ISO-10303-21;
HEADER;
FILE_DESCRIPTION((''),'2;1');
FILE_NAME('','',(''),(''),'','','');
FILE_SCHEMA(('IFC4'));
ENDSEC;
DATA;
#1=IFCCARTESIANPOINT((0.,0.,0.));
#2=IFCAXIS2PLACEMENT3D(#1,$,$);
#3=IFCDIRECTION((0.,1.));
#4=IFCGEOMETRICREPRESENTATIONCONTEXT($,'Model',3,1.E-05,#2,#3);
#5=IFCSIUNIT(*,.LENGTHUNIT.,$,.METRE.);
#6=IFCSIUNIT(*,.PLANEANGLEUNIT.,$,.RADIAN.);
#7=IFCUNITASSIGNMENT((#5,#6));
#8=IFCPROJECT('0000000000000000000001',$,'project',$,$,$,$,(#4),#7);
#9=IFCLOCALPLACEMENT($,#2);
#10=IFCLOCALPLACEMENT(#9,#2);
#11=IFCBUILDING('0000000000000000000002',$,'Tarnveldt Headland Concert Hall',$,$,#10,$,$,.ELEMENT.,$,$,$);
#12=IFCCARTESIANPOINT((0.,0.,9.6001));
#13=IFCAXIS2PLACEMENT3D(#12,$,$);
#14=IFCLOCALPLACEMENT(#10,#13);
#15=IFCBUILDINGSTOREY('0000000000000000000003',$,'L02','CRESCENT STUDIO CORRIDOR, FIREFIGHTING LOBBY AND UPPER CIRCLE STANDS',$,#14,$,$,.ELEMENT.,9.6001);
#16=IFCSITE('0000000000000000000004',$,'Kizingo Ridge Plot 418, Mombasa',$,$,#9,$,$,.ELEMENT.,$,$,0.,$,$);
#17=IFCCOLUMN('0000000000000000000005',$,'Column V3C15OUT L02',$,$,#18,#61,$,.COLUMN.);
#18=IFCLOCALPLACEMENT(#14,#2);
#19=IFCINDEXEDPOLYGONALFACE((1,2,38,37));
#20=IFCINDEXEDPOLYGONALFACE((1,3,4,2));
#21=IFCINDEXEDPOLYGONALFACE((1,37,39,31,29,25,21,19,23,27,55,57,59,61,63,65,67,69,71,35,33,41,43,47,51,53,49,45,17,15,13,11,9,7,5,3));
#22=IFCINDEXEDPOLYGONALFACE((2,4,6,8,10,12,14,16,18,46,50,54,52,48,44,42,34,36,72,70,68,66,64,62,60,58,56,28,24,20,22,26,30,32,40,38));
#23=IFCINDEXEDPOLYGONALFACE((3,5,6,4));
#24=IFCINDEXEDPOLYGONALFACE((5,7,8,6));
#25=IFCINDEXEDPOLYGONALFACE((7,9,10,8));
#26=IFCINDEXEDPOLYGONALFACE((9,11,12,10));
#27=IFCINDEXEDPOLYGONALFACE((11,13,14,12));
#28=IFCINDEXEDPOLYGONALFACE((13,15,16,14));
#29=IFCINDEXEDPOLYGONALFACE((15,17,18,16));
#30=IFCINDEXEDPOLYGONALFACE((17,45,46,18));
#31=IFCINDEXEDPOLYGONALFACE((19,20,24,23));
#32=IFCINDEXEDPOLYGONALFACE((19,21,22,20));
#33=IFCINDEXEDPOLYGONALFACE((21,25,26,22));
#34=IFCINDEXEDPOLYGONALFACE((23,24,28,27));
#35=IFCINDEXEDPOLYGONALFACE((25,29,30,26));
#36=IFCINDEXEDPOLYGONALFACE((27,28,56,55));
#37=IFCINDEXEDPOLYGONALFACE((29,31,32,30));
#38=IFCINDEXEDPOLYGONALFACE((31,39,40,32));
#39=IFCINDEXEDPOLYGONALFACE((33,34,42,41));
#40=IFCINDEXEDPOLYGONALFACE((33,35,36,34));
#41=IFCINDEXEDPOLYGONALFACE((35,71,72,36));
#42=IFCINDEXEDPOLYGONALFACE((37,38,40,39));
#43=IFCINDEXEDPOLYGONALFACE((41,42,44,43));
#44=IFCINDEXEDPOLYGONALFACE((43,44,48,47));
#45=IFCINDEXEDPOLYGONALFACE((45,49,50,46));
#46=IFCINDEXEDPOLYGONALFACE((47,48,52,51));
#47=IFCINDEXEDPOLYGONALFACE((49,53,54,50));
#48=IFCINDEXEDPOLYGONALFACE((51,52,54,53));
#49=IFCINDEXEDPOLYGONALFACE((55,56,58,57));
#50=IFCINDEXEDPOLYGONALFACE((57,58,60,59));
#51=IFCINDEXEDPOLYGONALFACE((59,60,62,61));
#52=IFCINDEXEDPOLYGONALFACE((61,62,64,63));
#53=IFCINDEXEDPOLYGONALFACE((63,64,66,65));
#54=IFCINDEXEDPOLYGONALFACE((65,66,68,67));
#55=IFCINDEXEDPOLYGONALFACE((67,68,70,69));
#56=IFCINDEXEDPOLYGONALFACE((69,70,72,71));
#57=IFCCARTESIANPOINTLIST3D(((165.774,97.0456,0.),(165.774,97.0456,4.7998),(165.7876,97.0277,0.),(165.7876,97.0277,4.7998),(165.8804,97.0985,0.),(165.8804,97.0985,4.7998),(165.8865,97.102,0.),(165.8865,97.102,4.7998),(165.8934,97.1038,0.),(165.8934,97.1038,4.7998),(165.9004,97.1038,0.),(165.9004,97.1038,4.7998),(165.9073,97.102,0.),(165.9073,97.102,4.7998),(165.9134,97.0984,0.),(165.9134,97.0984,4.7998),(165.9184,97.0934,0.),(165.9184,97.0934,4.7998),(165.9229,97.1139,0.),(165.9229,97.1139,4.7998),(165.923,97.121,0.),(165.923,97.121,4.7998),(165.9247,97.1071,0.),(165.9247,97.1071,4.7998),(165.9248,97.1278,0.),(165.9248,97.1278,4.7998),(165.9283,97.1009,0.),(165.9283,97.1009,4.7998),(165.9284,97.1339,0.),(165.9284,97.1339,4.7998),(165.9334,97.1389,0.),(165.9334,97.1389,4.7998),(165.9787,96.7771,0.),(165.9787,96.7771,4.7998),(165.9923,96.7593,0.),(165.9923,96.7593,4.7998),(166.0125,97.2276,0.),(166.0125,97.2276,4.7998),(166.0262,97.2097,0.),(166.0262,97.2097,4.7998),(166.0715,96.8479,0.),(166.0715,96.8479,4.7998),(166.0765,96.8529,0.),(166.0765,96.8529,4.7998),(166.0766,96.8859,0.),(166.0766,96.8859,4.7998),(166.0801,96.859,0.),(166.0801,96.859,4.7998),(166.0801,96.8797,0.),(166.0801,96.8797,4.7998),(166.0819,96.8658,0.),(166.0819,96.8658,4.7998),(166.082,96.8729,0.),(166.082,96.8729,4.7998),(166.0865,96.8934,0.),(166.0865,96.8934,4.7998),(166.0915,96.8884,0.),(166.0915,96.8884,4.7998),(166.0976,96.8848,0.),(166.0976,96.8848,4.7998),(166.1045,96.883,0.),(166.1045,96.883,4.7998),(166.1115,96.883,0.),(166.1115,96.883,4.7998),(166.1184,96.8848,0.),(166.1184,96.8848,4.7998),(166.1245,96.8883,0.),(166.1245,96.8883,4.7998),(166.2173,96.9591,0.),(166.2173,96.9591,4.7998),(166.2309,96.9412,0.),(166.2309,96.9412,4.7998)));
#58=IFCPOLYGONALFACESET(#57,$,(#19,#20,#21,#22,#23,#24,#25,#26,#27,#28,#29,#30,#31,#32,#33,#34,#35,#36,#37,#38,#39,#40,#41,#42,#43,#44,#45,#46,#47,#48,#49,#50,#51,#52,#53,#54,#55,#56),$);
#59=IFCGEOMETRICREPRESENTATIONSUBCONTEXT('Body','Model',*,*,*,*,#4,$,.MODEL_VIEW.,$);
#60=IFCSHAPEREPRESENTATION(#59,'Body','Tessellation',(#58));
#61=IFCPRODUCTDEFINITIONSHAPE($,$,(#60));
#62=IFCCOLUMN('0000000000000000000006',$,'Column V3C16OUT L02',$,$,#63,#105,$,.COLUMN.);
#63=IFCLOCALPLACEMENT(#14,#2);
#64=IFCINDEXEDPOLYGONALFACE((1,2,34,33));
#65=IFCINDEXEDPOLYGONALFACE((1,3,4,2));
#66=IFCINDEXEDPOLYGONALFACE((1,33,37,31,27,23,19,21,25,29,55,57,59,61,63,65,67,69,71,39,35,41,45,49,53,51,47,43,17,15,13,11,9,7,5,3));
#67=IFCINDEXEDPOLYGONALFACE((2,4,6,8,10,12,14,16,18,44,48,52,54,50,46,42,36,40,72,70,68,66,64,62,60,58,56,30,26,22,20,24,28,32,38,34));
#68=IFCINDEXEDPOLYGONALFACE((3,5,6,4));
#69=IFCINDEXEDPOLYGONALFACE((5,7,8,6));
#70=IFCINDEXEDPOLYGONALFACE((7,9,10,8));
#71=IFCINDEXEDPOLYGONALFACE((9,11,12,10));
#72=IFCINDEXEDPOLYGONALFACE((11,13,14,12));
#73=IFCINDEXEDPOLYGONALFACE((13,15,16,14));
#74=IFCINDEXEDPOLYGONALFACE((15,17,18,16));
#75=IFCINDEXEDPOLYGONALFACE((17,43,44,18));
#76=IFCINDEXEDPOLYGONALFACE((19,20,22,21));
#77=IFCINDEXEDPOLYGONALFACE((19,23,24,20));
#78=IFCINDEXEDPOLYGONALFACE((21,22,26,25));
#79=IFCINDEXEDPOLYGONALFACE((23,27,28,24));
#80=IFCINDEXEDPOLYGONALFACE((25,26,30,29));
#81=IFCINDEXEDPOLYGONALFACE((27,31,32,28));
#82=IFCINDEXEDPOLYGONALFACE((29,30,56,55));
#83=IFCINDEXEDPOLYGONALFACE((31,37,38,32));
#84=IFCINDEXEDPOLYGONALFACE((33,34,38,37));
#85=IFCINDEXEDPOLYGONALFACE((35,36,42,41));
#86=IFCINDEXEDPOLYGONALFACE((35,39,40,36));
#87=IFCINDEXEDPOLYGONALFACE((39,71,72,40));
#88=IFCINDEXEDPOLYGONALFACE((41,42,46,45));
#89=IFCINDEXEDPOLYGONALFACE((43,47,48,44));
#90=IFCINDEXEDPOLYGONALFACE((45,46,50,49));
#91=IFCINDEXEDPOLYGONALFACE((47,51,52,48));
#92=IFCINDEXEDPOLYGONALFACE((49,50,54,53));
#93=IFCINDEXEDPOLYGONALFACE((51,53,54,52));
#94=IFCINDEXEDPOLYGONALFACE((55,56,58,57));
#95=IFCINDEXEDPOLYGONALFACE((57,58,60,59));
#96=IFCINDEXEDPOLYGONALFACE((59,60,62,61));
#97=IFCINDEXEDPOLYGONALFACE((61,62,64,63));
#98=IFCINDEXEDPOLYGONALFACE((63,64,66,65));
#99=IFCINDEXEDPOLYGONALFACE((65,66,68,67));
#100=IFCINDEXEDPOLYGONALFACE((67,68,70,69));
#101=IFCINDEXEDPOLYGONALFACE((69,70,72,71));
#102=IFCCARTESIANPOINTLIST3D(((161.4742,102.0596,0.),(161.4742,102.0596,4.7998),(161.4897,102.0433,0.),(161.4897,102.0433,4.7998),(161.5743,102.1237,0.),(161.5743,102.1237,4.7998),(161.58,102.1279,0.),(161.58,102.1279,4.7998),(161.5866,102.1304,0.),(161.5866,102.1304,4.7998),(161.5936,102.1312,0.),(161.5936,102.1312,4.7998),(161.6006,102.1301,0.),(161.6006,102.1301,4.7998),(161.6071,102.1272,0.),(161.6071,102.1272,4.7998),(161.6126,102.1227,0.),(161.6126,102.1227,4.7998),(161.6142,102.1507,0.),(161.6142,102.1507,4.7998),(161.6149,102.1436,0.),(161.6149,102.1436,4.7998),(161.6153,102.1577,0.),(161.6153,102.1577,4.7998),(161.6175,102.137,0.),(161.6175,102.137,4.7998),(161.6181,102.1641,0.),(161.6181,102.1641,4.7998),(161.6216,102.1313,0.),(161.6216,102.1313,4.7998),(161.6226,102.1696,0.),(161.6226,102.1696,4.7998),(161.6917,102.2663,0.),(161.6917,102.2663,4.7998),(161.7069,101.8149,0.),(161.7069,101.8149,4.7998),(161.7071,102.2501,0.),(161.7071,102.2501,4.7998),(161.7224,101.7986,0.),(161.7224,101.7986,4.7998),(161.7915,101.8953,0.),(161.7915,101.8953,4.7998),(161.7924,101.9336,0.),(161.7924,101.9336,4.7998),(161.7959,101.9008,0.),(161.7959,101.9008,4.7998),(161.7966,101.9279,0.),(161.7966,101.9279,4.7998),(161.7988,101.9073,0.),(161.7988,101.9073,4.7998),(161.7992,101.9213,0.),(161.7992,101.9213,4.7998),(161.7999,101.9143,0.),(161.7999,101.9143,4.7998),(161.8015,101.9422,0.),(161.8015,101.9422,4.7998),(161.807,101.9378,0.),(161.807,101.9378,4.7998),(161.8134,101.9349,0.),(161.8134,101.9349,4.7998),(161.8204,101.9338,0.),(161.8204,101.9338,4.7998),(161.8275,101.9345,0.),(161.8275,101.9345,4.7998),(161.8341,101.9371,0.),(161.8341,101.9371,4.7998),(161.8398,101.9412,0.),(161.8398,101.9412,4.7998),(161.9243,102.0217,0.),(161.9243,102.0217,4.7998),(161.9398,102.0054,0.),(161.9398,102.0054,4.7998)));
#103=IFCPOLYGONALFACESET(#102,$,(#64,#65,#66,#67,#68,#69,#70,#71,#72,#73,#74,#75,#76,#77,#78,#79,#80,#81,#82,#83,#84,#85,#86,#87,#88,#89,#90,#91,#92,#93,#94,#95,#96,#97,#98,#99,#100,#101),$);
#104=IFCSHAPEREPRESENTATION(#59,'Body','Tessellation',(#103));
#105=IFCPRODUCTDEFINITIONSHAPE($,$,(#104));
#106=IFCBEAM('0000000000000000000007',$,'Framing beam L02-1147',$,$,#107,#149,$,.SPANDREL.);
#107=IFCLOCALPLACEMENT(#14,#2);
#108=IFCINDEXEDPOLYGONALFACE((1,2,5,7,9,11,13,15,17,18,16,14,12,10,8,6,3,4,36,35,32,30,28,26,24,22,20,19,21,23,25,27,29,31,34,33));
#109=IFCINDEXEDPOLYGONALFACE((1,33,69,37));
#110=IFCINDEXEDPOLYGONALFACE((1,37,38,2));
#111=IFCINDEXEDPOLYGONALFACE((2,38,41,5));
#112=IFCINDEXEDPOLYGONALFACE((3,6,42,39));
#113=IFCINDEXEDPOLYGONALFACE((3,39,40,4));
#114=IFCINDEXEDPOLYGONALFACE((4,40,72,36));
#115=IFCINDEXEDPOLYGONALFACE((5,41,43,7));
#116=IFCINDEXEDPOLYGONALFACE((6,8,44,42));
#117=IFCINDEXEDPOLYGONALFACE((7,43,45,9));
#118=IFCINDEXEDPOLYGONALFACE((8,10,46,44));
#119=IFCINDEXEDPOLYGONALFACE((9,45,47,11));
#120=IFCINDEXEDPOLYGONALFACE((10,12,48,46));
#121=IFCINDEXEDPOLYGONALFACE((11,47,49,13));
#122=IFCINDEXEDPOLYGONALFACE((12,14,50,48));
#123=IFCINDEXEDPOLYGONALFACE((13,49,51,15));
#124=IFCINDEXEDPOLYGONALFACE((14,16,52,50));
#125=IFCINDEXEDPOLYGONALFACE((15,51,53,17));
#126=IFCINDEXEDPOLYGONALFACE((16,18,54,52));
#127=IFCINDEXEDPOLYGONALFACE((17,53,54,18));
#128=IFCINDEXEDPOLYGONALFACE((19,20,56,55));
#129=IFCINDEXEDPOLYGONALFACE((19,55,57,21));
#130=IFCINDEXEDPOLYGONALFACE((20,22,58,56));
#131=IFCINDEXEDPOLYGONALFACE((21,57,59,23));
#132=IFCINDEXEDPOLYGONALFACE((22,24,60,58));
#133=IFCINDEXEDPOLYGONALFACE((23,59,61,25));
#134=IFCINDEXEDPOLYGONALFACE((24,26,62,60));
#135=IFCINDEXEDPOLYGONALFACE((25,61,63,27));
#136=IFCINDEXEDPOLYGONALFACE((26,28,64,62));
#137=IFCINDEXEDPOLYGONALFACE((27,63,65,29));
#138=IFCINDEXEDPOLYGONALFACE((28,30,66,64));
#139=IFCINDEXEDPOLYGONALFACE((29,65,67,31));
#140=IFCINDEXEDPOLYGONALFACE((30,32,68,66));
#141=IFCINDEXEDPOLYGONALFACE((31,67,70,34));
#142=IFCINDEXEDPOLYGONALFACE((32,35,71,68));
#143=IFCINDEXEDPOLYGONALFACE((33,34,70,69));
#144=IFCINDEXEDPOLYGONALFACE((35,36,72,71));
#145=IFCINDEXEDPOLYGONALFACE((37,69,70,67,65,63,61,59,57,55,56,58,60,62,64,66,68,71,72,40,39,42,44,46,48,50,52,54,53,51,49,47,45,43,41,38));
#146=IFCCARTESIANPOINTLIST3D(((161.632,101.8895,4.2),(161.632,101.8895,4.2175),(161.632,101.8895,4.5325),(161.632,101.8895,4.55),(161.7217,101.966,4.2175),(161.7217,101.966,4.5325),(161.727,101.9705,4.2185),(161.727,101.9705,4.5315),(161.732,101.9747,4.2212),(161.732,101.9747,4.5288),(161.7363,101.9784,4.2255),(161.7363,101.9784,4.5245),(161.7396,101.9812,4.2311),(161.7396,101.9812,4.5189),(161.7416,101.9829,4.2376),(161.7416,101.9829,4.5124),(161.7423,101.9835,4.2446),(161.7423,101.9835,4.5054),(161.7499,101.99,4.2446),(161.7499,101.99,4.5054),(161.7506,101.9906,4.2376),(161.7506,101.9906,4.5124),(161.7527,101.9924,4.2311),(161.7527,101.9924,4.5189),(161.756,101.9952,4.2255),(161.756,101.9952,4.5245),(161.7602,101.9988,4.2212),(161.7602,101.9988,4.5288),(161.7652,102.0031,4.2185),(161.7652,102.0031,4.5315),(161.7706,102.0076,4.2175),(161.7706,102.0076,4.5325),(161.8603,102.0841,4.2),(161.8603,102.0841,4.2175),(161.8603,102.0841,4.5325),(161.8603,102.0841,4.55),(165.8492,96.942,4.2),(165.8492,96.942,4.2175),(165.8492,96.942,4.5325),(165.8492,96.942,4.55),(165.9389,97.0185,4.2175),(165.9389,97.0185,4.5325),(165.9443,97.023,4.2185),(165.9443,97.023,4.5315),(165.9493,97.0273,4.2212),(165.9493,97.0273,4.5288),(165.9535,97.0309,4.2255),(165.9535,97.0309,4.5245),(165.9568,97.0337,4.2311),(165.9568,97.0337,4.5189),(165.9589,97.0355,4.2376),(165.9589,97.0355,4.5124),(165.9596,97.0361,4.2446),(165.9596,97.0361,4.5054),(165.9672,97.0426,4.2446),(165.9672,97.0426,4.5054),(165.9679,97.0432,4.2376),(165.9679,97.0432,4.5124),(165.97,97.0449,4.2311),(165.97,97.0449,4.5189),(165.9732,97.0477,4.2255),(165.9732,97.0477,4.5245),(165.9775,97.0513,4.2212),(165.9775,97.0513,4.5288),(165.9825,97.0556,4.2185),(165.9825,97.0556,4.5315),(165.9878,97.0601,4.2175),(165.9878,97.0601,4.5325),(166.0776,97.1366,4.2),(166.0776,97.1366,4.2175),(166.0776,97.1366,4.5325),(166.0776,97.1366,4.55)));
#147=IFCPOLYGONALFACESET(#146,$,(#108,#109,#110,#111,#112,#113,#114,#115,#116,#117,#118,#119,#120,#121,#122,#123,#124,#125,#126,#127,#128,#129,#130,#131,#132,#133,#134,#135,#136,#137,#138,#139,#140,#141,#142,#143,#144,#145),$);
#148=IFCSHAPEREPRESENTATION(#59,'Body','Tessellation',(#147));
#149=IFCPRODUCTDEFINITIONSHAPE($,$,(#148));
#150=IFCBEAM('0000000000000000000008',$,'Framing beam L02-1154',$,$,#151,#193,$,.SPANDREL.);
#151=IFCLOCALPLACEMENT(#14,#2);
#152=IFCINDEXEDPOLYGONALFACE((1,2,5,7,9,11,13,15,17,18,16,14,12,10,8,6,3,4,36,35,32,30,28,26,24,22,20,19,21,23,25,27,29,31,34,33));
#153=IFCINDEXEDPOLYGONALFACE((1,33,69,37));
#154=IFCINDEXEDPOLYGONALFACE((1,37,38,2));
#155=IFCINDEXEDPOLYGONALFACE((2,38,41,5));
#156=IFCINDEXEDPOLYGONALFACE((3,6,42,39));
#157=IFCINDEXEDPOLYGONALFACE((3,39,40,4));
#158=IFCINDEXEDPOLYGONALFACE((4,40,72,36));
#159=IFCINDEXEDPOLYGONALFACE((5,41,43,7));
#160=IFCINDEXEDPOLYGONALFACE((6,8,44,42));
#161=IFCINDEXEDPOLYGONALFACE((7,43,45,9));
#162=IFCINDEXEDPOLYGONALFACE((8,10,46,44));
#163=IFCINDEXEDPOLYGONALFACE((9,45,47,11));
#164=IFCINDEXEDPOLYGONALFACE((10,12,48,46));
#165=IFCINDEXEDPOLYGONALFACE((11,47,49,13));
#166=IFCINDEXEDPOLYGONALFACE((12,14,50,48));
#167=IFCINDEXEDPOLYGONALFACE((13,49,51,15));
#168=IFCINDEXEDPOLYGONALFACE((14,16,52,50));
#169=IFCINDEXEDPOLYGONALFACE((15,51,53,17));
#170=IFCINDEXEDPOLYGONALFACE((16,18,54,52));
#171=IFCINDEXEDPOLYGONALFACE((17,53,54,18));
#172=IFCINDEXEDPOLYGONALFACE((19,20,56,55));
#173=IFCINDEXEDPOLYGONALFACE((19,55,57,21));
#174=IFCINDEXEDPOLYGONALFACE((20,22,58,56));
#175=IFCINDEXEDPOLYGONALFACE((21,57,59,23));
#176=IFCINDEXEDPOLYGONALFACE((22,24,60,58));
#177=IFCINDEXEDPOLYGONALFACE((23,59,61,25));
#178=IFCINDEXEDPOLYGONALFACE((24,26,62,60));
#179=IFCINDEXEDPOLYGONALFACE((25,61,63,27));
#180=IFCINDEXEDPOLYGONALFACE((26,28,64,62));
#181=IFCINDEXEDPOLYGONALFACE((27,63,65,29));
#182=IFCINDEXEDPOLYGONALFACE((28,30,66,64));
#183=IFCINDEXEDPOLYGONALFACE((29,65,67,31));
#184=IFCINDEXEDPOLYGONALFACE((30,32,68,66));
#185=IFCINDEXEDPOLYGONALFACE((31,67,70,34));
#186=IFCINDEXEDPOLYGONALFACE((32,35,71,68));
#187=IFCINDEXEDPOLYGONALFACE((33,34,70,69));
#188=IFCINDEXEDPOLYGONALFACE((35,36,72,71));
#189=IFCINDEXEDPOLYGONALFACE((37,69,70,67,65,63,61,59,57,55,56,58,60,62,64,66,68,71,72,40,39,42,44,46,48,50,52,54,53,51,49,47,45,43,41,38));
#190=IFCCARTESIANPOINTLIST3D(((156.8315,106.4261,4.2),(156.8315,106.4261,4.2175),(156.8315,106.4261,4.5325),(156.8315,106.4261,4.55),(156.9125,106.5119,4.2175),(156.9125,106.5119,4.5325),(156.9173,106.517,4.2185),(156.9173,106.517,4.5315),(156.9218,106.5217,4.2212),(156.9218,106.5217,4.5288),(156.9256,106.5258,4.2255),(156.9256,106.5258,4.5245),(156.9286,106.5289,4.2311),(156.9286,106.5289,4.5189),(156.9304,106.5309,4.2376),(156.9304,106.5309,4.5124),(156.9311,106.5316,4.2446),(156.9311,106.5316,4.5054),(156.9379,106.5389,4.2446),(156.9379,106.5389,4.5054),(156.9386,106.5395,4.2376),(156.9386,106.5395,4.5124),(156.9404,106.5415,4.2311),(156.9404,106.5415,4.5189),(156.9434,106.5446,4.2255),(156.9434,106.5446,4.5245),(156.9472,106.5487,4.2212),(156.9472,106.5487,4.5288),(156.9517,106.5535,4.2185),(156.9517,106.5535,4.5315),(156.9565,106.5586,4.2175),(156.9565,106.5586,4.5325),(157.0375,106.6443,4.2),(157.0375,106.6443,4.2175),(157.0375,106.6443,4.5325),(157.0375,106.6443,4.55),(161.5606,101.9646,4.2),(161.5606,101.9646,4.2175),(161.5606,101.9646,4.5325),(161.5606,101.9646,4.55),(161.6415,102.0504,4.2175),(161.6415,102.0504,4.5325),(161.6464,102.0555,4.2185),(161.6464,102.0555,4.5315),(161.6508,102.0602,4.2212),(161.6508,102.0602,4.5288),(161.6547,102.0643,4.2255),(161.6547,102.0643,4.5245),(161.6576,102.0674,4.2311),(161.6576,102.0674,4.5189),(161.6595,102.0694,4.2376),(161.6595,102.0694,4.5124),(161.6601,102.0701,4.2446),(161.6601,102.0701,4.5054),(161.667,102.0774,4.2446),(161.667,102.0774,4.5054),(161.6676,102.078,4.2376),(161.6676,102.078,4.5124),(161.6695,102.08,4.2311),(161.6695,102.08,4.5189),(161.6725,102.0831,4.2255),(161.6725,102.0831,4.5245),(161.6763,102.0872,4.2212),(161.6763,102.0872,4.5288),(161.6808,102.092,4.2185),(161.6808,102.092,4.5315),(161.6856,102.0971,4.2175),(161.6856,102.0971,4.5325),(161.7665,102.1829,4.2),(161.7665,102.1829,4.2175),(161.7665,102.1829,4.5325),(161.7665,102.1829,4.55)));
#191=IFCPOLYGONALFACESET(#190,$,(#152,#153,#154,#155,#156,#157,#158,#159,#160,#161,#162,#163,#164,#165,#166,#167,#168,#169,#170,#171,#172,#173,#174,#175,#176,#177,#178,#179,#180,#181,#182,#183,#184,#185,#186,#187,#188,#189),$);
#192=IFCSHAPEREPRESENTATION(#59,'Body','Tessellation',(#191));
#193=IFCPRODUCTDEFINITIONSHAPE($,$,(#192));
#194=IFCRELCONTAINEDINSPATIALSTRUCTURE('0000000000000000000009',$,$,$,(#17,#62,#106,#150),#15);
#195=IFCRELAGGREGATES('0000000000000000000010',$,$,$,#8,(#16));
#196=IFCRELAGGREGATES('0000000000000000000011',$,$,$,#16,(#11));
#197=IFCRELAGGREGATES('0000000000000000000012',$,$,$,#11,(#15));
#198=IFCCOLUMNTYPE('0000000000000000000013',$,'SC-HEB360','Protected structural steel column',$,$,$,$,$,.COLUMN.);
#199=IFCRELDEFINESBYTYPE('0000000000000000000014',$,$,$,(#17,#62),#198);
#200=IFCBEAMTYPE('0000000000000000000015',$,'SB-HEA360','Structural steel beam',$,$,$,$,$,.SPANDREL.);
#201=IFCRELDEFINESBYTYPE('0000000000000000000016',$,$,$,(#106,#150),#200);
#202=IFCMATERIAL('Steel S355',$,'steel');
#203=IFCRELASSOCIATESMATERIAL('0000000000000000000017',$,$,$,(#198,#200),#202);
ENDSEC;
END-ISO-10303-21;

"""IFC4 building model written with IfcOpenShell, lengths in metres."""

from ifc_helpers import new_model, si_unit, direction, frame, origin, origin_2d, place, context, subcontext, project, spatial, i_section, extrude, material, material_profile, profile_set, type_object, element, save


model = new_model("IFC4")

# Units and contexts
model_context = context("Model", 3, precision=1e-05, world=origin(), true_north=direction((0.0, 1.0)))
body_context = subcontext(model_context, "Body", "Model", "MODEL_VIEW")
ifc_project = project(units=[si_unit("LENGTHUNIT", "METRE"), si_unit("PLANEANGLEUNIT", "RADIAN")], contexts=[model_context])

# Site, building, storey
site_placement = place(None, origin())
site = spatial("IfcSite", under=ifc_project, at=site_placement, Name="Kizingo Ridge Plot 418, Mombasa", CompositionType="ELEMENT", RefElevation=0.0)
building_placement = place(site_placement, origin())
building = spatial("IfcBuilding", under=site, at=building_placement, Name="Tarnveldt Headland Concert Hall", CompositionType="ELEMENT")
storey_placement = place(building_placement, frame((0.0, 0.0, 9.6001)))
storey = spatial("IfcBuildingStorey", under=building, at=storey_placement, Name="L02", Description="CRESCENT STUDIO CORRIDOR, FIREFIGHTING LOBBY AND UPPER CIRCLE STANDS", CompositionType="ELEMENT", Elevation=9.6001)

# Columns
ifc_material_1 = material(Name="Steel S355", Category="steel")
ifc_material_profile_1 = material_profile(ifc_material_1, i_section(OverallWidth=0.3, OverallDepth=0.3601, WebThickness=0.0125, FlangeThickness=0.0225, FilletRadius=0.0271, at=origin_2d()), Name="HEB360", Category="steel")
ifc_profile_set_1 = profile_set([ifc_material_profile_1], Name="Steel S355")
column_type = type_object("IfcColumnType", Name="SC-HEB360", Description="Protected structural steel column", PredefinedType="COLUMN", material=ifc_profile_set_1)
for number, where, z_axis, x_axis, name in (
    (1, (166.0024, 96.9934, 0.0), (0.0, 0.0, 1.0), (0.795156, 0.606405, 0.0), "Column V3C15OUT L02"),
    (2, (161.707, 102.0325, 0.0), (0.0, 0.0, 1.0), (0.724653, 0.689114, 0.0), "Column V3C16OUT L02"),
):
    element("IfcColumn", number, at=place(storey_placement, frame(where, z_axis=z_axis, x_axis=x_axis)), inside=storey, type_object=column_type, Name=name, PredefinedType="COLUMN", context=body_context, shape_type="SweptSolid", body=[
        extrude(i_section(OverallWidth=0.3, OverallDepth=0.3601, WebThickness=0.0125, FlangeThickness=0.0225, FilletRadius=0.0271, at=origin_2d()), origin(), (0.0, 0.0, 1.0), 4.7998),
    ])

# Beams
ifc_material_profile_2 = material_profile(ifc_material_1, i_section(OverallWidth=0.3, OverallDepth=0.3501, WebThickness=0.01, FlangeThickness=0.0176, FilletRadius=0.0271, at=origin_2d()), Name="HEA360", Category="steel")
ifc_profile_set_2 = profile_set([ifc_material_profile_2], Name="Steel S355")
beam_type_1 = type_object("IfcBeamType", Name="SB-HEA360", Description="Structural steel beam", PredefinedType="SPANDREL", material=ifc_profile_set_2)
beam_1_placement = place(storey_placement, frame((165.9634, 97.0393, 4.375), z_axis=(-0.648711, 0.761035, 0.0), x_axis=(-0.761035, -0.648711, 0.0)))
element("IfcBeam", 3, at=beam_1_placement, inside=storey, type_object=beam_type_1, Name="Framing beam L02-1147", PredefinedType="SPANDREL", context=body_context, shape_type="SweptSolid", body=[
    extrude(i_section(OverallWidth=0.3, OverallDepth=0.3501, WebThickness=0.01, FlangeThickness=0.0176, FilletRadius=0.0271, at=origin_2d()), origin(), (0.0, 0.0, 1.0), 6.501),
])
beam_2_placement = place(storey_placement, frame((161.6636, 102.0737, 4.375), z_axis=(-0.727386, 0.686229, 0.0), x_axis=(-0.686229, -0.727386, 0.0)))
element("IfcBeam", 4, at=beam_2_placement, inside=storey, type_object=beam_type_1, Name="Framing beam L02-1154", PredefinedType="SPANDREL", context=body_context, shape_type="SweptSolid", body=[
    extrude(i_section(OverallWidth=0.3, OverallDepth=0.3501, WebThickness=0.01, FlangeThickness=0.0176, FilletRadius=0.0271, at=origin_2d()), origin(), (0.0, 0.0, 1.0), 6.5015),
])

save(model, "model.ifc")
